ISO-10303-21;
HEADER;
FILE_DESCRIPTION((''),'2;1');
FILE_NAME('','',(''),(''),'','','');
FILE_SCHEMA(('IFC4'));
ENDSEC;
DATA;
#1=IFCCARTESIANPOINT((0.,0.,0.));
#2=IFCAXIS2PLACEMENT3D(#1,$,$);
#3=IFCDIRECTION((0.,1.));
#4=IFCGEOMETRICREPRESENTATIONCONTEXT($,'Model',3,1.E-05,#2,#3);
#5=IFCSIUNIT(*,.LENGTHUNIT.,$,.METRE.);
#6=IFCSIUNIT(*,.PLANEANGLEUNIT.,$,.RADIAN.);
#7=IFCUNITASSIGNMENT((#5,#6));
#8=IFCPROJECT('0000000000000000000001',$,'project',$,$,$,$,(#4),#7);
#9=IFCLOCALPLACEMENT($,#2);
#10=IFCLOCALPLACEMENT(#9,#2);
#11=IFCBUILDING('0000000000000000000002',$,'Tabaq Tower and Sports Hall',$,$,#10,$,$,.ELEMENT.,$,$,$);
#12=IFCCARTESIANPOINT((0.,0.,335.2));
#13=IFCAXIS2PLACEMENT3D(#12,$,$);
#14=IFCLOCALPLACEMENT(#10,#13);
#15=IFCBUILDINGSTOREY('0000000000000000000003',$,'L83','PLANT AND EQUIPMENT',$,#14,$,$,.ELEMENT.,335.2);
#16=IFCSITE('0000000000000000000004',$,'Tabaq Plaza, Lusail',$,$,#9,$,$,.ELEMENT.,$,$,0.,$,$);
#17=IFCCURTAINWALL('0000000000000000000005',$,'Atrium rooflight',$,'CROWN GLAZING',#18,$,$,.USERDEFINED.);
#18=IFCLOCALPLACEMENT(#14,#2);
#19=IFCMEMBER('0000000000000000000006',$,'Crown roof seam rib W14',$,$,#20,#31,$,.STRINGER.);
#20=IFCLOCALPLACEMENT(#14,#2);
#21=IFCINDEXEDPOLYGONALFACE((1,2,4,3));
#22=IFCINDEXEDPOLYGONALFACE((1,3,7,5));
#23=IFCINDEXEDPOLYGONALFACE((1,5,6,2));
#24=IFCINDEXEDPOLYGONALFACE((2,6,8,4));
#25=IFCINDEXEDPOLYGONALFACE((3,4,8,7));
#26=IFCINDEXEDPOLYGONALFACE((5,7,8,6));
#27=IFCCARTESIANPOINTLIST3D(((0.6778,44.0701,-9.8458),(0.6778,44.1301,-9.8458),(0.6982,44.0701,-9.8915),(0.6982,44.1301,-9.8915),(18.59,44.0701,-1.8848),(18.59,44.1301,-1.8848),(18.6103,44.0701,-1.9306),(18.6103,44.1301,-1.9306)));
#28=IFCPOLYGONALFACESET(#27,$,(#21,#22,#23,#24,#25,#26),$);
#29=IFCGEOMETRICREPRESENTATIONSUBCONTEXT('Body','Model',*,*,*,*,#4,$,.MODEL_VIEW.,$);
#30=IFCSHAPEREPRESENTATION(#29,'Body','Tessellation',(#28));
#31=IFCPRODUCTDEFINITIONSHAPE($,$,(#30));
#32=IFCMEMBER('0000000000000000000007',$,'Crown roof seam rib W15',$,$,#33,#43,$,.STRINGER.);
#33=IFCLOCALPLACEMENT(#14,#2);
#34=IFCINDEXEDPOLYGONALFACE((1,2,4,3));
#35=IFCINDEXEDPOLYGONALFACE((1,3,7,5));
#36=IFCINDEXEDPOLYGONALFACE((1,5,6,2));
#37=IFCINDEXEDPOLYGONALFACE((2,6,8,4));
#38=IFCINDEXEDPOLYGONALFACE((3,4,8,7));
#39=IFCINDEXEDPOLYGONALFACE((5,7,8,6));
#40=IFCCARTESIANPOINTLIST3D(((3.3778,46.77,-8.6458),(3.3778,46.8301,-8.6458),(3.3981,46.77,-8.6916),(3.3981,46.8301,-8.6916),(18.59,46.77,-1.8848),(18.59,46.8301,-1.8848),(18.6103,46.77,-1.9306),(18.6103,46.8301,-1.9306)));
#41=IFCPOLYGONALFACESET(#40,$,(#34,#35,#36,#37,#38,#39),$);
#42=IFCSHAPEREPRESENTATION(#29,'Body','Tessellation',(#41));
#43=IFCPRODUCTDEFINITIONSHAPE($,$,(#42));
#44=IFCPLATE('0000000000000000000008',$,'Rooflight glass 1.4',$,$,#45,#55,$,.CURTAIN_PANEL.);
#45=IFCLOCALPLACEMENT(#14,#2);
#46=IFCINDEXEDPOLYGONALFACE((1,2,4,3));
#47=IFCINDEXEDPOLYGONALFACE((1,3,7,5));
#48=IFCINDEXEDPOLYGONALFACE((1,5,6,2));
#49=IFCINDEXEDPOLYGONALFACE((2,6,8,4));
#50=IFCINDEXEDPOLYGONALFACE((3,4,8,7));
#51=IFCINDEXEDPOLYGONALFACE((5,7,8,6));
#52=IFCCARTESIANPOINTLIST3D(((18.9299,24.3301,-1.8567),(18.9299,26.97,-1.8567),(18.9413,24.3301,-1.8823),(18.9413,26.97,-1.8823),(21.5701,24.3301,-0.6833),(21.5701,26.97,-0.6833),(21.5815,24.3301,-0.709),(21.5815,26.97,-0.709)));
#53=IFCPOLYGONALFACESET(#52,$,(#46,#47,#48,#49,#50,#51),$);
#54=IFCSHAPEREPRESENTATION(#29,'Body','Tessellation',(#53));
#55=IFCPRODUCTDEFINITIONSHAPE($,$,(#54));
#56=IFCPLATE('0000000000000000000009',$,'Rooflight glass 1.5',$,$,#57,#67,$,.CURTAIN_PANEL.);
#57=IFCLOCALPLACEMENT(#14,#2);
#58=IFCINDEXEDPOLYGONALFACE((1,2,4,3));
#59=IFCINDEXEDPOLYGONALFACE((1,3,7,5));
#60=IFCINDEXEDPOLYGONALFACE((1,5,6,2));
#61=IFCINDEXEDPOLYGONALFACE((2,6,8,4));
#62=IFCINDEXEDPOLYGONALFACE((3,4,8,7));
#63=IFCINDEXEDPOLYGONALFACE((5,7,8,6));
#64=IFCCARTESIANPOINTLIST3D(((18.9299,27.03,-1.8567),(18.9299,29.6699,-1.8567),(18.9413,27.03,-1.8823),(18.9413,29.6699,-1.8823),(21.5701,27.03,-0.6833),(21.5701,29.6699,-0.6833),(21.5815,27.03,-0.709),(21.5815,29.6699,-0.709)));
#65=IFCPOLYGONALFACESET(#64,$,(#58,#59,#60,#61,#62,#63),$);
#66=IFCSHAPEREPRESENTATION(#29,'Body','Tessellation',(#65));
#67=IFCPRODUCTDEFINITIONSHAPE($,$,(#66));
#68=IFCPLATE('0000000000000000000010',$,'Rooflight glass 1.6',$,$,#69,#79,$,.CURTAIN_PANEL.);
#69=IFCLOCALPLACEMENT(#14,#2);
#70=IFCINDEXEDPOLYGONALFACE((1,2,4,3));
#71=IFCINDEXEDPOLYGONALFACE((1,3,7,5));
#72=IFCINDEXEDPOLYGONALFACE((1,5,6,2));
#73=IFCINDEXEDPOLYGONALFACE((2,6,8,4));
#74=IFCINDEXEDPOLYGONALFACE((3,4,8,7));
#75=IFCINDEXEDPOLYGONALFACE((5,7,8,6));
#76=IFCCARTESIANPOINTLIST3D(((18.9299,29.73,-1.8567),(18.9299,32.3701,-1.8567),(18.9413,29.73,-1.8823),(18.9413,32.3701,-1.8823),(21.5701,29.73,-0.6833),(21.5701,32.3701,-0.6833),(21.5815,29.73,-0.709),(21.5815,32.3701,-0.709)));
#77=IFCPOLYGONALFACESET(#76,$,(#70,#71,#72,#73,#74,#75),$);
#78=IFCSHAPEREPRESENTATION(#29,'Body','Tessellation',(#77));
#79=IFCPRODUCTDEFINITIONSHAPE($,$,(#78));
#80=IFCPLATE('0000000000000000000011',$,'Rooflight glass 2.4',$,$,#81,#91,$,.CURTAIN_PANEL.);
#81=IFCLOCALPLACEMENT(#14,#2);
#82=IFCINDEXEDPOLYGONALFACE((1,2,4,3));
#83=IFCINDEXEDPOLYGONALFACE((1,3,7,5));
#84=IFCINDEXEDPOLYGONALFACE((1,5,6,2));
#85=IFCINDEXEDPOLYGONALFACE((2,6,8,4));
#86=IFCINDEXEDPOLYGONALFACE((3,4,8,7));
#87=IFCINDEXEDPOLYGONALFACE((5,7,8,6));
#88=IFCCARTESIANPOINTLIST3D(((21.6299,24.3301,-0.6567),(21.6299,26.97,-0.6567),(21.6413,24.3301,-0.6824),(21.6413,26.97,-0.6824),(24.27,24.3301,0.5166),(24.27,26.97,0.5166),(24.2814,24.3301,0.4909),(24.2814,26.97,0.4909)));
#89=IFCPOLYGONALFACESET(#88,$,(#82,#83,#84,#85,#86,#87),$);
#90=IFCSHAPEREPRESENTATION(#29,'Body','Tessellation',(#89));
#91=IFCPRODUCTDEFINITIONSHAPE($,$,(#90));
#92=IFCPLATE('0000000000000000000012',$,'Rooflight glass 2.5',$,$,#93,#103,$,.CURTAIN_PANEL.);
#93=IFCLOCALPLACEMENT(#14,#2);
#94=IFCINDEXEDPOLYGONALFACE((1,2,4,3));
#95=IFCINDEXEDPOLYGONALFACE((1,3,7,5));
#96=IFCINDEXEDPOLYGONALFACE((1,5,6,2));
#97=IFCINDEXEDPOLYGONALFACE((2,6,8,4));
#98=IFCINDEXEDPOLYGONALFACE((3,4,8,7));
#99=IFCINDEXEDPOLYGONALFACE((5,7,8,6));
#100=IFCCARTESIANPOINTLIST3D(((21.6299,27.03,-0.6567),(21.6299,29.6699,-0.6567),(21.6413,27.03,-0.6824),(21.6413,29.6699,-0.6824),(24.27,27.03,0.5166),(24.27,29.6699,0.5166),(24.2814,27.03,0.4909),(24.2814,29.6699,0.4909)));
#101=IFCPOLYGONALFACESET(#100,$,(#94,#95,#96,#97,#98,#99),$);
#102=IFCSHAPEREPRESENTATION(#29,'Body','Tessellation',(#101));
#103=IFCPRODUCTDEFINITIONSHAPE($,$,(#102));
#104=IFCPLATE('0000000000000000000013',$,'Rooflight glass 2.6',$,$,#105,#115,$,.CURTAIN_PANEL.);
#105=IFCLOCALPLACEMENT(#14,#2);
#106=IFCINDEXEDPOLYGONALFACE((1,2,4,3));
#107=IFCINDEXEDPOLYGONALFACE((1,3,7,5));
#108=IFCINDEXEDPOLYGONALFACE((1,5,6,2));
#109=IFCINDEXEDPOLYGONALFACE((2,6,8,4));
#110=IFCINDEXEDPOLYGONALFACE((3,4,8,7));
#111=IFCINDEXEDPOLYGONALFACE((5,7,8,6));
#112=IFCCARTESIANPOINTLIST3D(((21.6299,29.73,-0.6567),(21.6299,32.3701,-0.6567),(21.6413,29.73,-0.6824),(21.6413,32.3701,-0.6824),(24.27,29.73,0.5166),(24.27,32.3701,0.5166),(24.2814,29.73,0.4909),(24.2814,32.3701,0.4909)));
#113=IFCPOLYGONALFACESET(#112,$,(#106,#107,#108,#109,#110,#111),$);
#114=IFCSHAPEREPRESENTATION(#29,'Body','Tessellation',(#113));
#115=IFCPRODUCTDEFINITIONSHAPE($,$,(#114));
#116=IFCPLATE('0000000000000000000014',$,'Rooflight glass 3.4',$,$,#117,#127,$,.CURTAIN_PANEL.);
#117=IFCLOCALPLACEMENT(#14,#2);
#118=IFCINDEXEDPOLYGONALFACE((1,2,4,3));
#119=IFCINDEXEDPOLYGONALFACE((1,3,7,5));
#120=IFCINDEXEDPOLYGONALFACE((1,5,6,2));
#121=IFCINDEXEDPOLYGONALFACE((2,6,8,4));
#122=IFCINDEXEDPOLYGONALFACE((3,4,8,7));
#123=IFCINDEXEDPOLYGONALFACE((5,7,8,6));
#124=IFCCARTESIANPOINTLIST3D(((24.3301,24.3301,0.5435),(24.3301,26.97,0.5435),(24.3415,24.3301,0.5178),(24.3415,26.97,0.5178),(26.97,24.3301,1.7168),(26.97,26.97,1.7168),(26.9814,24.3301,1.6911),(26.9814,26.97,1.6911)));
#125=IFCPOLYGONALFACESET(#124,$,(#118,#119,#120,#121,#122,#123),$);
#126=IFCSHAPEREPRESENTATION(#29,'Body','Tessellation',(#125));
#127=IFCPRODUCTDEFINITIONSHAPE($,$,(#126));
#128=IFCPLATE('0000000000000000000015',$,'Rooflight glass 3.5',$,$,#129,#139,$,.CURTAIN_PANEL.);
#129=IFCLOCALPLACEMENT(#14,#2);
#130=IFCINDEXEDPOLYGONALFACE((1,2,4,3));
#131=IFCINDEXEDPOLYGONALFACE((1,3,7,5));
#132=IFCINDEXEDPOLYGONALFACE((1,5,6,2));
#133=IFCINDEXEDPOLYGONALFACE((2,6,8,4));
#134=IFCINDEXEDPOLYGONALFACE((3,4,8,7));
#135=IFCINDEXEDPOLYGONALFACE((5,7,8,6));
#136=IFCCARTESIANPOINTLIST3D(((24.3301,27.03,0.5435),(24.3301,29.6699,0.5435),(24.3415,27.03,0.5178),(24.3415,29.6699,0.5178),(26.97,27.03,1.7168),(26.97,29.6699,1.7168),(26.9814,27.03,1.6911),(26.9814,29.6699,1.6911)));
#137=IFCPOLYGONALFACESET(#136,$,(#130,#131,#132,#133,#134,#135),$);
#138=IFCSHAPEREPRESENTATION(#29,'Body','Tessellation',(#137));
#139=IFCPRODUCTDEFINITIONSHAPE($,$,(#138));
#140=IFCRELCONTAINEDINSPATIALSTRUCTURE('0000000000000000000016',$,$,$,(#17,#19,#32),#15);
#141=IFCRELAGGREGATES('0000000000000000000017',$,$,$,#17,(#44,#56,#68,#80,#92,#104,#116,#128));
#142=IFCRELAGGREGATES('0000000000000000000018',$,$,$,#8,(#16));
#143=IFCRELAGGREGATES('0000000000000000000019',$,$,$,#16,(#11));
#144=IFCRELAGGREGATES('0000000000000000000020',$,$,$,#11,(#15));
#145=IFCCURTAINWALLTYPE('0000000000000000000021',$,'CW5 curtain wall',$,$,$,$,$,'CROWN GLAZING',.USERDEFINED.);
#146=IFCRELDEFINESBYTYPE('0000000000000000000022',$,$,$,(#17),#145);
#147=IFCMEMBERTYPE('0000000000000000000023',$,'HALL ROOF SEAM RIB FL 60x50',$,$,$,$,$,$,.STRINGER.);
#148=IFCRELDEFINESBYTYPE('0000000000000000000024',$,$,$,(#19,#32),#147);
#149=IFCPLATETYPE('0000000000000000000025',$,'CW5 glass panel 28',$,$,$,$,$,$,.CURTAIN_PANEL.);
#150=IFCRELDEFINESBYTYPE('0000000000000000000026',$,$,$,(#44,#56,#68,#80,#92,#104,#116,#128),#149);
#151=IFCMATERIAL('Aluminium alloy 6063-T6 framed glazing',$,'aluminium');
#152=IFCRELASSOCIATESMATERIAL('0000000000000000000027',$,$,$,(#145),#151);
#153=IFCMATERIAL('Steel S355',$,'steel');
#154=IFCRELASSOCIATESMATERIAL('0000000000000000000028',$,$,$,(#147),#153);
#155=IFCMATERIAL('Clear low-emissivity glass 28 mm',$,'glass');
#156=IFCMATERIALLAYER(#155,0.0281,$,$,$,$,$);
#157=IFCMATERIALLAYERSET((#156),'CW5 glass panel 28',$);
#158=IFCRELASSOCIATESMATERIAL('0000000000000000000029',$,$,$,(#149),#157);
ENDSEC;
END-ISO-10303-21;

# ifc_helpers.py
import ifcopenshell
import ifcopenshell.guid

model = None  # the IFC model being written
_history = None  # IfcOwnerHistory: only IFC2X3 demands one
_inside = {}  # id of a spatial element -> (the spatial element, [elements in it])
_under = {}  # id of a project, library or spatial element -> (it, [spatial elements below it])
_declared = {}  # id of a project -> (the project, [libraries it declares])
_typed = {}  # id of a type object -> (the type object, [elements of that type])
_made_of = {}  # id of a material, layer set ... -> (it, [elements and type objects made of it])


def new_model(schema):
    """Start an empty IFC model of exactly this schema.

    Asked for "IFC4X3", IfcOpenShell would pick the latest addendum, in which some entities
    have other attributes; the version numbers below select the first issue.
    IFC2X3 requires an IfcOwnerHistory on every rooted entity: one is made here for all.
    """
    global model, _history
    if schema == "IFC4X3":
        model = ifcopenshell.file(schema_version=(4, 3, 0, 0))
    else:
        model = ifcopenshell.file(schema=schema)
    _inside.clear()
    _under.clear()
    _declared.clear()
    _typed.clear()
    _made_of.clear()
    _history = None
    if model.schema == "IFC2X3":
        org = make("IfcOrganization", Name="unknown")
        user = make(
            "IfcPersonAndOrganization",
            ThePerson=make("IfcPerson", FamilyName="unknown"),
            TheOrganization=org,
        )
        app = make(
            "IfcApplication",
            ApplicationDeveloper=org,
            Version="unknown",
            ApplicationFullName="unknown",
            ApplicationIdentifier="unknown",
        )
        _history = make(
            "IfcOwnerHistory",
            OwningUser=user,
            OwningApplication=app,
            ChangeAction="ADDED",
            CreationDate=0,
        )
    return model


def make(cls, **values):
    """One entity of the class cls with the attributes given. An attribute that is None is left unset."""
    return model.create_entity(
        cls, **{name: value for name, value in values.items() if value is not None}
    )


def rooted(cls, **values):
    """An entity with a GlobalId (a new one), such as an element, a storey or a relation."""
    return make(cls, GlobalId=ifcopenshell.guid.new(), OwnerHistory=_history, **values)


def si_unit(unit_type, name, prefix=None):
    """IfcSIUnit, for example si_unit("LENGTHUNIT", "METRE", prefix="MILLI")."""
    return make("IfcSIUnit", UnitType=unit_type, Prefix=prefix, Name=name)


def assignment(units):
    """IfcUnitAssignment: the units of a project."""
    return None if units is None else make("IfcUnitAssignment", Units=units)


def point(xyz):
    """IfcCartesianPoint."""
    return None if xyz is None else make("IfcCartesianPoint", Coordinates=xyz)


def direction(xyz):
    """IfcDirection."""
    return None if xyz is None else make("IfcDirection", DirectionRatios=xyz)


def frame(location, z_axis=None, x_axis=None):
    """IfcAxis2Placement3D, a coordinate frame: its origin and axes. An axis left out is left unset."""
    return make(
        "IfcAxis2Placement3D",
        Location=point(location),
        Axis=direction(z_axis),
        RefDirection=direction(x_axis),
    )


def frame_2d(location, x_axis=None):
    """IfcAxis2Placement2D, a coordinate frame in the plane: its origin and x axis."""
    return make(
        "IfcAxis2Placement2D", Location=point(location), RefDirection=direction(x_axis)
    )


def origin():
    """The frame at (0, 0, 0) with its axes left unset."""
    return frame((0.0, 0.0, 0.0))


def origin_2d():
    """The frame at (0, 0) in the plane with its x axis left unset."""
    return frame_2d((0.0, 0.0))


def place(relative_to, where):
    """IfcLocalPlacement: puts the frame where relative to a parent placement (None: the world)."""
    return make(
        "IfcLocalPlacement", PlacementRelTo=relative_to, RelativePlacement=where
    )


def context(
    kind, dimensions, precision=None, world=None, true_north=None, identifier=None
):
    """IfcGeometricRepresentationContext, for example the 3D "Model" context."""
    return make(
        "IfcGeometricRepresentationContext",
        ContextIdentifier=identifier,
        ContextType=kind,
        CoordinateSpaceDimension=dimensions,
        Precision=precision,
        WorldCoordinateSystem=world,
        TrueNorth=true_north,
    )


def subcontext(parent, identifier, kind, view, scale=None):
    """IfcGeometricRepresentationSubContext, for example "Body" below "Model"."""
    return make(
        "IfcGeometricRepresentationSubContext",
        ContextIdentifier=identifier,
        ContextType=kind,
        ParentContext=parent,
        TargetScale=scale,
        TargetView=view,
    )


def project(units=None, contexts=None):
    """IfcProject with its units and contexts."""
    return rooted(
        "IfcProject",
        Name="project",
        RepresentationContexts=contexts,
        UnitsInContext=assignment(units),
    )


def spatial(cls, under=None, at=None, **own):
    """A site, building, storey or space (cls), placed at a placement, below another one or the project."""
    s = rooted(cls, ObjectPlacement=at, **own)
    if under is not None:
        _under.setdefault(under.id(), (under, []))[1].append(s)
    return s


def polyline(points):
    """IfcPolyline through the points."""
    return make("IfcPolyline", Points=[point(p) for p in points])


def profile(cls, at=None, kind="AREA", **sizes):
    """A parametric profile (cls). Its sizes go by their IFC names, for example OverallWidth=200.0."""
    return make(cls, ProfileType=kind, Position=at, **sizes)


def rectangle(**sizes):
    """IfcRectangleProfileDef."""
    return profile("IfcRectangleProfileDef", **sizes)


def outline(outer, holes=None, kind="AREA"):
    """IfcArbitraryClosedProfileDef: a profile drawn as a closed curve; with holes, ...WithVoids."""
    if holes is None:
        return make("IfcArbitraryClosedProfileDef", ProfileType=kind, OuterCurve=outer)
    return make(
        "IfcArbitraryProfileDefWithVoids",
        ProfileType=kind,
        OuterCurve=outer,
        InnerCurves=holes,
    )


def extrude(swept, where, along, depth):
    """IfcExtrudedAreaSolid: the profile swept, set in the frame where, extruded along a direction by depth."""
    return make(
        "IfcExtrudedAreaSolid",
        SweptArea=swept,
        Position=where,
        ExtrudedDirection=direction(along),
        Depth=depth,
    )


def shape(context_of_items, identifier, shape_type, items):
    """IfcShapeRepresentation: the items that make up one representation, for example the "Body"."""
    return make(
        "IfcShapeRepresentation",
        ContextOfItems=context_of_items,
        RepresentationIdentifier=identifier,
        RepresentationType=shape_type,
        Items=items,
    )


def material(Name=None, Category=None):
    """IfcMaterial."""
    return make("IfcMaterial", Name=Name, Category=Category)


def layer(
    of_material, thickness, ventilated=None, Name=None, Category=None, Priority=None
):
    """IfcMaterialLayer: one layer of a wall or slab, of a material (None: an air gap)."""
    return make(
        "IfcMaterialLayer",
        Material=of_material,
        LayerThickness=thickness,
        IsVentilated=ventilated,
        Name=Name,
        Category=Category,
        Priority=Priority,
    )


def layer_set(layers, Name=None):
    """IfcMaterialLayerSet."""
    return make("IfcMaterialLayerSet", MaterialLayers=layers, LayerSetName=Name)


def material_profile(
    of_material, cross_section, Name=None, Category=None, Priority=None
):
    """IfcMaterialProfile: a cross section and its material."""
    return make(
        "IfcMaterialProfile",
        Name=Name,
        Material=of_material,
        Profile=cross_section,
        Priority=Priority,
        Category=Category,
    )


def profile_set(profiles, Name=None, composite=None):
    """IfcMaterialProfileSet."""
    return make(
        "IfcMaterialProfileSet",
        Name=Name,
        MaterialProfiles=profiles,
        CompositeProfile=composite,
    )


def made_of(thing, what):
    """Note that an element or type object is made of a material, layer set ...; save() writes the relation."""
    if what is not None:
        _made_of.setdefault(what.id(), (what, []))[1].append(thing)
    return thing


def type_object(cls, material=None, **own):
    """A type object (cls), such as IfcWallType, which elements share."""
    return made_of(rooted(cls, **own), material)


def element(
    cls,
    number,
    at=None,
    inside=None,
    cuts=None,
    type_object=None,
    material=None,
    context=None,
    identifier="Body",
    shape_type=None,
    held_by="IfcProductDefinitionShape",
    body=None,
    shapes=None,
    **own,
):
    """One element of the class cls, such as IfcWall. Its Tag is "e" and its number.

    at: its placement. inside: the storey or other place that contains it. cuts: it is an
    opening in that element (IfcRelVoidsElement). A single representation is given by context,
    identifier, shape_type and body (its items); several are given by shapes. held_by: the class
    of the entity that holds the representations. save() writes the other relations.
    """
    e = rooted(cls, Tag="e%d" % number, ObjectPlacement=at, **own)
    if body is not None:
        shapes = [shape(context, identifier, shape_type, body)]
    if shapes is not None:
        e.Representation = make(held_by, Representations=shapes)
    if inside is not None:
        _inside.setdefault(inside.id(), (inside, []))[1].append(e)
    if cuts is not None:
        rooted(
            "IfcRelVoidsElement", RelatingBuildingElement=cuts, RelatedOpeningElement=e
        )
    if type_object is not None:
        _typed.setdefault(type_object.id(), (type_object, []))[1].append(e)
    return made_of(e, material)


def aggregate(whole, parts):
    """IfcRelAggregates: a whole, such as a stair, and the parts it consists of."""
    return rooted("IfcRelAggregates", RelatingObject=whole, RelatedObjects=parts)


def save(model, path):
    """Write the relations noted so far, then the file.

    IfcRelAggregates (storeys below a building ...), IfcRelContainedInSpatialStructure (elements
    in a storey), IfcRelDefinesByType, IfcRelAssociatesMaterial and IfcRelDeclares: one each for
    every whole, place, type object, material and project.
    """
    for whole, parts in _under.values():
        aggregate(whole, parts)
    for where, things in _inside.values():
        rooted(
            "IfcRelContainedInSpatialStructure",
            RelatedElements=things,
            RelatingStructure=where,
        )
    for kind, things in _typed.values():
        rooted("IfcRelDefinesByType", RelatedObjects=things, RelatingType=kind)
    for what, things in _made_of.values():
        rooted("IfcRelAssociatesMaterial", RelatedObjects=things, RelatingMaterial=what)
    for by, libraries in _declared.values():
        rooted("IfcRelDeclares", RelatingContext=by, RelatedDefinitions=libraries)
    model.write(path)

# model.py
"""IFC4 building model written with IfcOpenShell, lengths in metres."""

from ifc_helpers import new_model, si_unit, direction, frame, origin, origin_2d, place, context, subcontext, project, spatial, polyline, rectangle, outline, extrude, material, layer, layer_set, material_profile, profile_set, type_object, element, aggregate, save


model = new_model("IFC4")

# Units and contexts
model_context = context("Model", 3, precision=1e-05, world=origin(), true_north=direction((0.0, 1.0)))
body_context = subcontext(model_context, "Body", "Model", "MODEL_VIEW")
ifc_project = project(units=[si_unit("LENGTHUNIT", "METRE"), si_unit("PLANEANGLEUNIT", "RADIAN")], contexts=[model_context])

# Site, building, storey
site_placement = place(None, origin())
site = spatial("IfcSite", under=ifc_project, at=site_placement, Name="Tabaq Plaza, Lusail", CompositionType="ELEMENT", RefElevation=0.0)
building_placement = place(site_placement, origin())
building = spatial("IfcBuilding", under=site, at=building_placement, Name="Tabaq Tower and Sports Hall", CompositionType="ELEMENT")
storey_placement = place(building_placement, frame((0.0, 0.0, 335.2)))
storey = spatial("IfcBuildingStorey", under=building, at=storey_placement, Name="L83", Description="PLANT AND EQUIPMENT", CompositionType="ELEMENT", Elevation=335.2)

# Curtain wall
ifc_material_1 = material(Name="Aluminium alloy 6063-T6 framed glazing", Category="aluminium")
curtain_wall_type = type_object("IfcCurtainWallType", Name="CW5 curtain wall", ElementType="CROWN GLAZING", PredefinedType="USERDEFINED", material=ifc_material_1)
curtain_wall_placement = place(storey_placement, origin())
curtain_wall = element("IfcCurtainWall", 1, at=curtain_wall_placement, inside=storey, type_object=curtain_wall_type, Name="Atrium rooflight", ObjectType="CROWN GLAZING", PredefinedType="USERDEFINED")

# Members
ifc_material_2 = material(Name="Steel S355", Category="steel")
ifc_material_profile_1 = material_profile(ifc_material_2, rectangle(XDim=0.0601, YDim=0.05, at=origin_2d()), Name="FL 60x50")
ifc_profile_set_1 = profile_set([ifc_material_profile_1], Name="Steel S355")
member_type_1 = type_object("IfcMemberType", Name="HALL ROOF SEAM RIB FL 60x50", PredefinedType="STRINGER", material=ifc_profile_set_1)
member_1_placement = place(storey_placement, frame((0.688, 44.1001, -9.8687), z_axis=(0.913812, 0.0, 0.406138), x_axis=(0.0, 1.0, 0.0)))
element("IfcMember", 2, at=member_1_placement, inside=storey, type_object=member_type_1, Name="Crown roof seam rib W14", PredefinedType="STRINGER", context=body_context, shape_type="SweptSolid", body=[
    extrude(rectangle(XDim=0.0601, YDim=0.05, at=origin_2d()), origin(), (0.0, 0.0, 1.0), 19.6016),
])
member_2_placement = place(storey_placement, frame((3.3879, 46.8, -8.6687), z_axis=(0.913811, 0.0, 0.40614), x_axis=(0.0, 1.0, 0.0)))
element("IfcMember", 3, at=member_2_placement, inside=storey, type_object=member_type_1, Name="Crown roof seam rib W15", PredefinedType="STRINGER", context=body_context, shape_type="SweptSolid", body=[
    extrude(rectangle(XDim=0.0601, YDim=0.05, at=origin_2d()), origin(), (0.0, 0.0, 1.0), 16.647),
])

# Plates
ifc_material_3 = material(Name="Clear low-emissivity glass 28 mm", Category="glass")
ifc_layer = layer(ifc_material_3, 0.0281)
ifc_layer_set = layer_set([ifc_layer], Name="CW5 glass panel 28")
plate_type = type_object("IfcPlateType", Name="CW5 glass panel 28", PredefinedType="CURTAIN_PANEL", material=ifc_layer_set)
plate_1_placement = place(storey_placement, frame((18.9299, 24.3301, -1.8567), z_axis=(-0.406123, 0.0, 0.913819), x_axis=(0.913819, 0.0, 0.406123)))
plate_1 = element("IfcPlate", 4, at=plate_1_placement, type_object=plate_type, Name="Rooflight glass 1.4", PredefinedType="CURTAIN_PANEL", context=body_context, shape_type="SweptSolid", body=[
    extrude(outline(polyline([(0.0, 0.0), (2.8891, 0.0), (2.8891, 2.6399), (0.0, 2.6399), (0.0, 0.0)])), origin(), (0.0, 0.0, -1.0), 0.0281),
])
plate_2_placement = place(storey_placement, frame((18.9299, 27.03, -1.8567), z_axis=(-0.406123, 0.0, 0.913819), x_axis=(0.913819, 0.0, 0.406123)))
plate_2 = element("IfcPlate", 5, at=plate_2_placement, type_object=plate_type, Name="Rooflight glass 1.5", PredefinedType="CURTAIN_PANEL", context=body_context, shape_type="SweptSolid", body=[
    extrude(outline(polyline([(0.0, 0.0), (2.8891, 0.0), (2.8891, 2.6399), (0.0, 2.6399), (0.0, 0.0)])), origin(), (0.0, 0.0, -1.0), 0.0281),
])
plate_3_placement = place(storey_placement, frame((18.9299, 29.73, -1.8567), z_axis=(-0.406123, 0.0, 0.913819), x_axis=(0.913819, 0.0, 0.406123)))
plate_3 = element("IfcPlate", 6, at=plate_3_placement, type_object=plate_type, Name="Rooflight glass 1.6", PredefinedType="CURTAIN_PANEL", context=body_context, shape_type="SweptSolid", body=[
    extrude(outline(polyline([(0.0, 0.0), (2.8891, 0.0), (2.8891, 2.6401), (0.0, 2.6401), (0.0, 0.0)])), origin(), (0.0, 0.0, -1.0), 0.0281),
])
plate_4_placement = place(storey_placement, frame((21.6299, 24.3301, -0.6567), z_axis=(-0.406123, 0.0, 0.913819), x_axis=(0.913819, 0.0, 0.406123)))
plate_4 = element("IfcPlate", 7, at=plate_4_placement, type_object=plate_type, Name="Rooflight glass 2.4", PredefinedType="CURTAIN_PANEL", context=body_context, shape_type="SweptSolid", body=[
    extrude(outline(polyline([(0.0, 0.0), (2.8891, 0.0), (2.8891, 2.6399), (0.0, 2.6399), (0.0, 0.0)])), origin(), (0.0, 0.0, -1.0), 0.0281),
])
plate_5_placement = place(storey_placement, frame((21.6299, 27.03, -0.6567), z_axis=(-0.406123, 0.0, 0.913819), x_axis=(0.913819, 0.0, 0.406123)))
plate_5 = element("IfcPlate", 8, at=plate_5_placement, type_object=plate_type, Name="Rooflight glass 2.5", PredefinedType="CURTAIN_PANEL", context=body_context, shape_type="SweptSolid", body=[
    extrude(outline(polyline([(0.0, 0.0), (2.8891, 0.0), (2.8891, 2.6399), (0.0, 2.6399), (0.0, 0.0)])), origin(), (0.0, 0.0, -1.0), 0.0281),
])
plate_6_placement = place(storey_placement, frame((21.6299, 29.73, -0.6567), z_axis=(-0.406123, 0.0, 0.913819), x_axis=(0.913819, 0.0, 0.406123)))
plate_6 = element("IfcPlate", 9, at=plate_6_placement, type_object=plate_type, Name="Rooflight glass 2.6", PredefinedType="CURTAIN_PANEL", context=body_context, shape_type="SweptSolid", body=[
    extrude(outline(polyline([(0.0, 0.0), (2.8891, 0.0), (2.8891, 2.6401), (0.0, 2.6401), (0.0, 0.0)])), origin(), (0.0, 0.0, -1.0), 0.0281),
])
plate_7_placement = place(storey_placement, frame((24.3301, 24.3301, 0.5435), z_axis=(-0.406154, 0.0, 0.913805), x_axis=(0.913805, 0.0, 0.406154)))
plate_7 = element("IfcPlate", 10, at=plate_7_placement, type_object=plate_type, Name="Rooflight glass 3.4", PredefinedType="CURTAIN_PANEL", context=body_context, shape_type="SweptSolid", body=[
    extrude(outline(polyline([(0.0, 0.0), (2.8889, 0.0), (2.8889, 2.6399), (0.0, 2.6399), (0.0, 0.0)])), origin(), (0.0, 0.0, -1.0), 0.0281),
])
plate_8_placement = place(storey_placement, frame((24.3301, 27.03, 0.5435), z_axis=(-0.406154, 0.0, 0.913805), x_axis=(0.913805, 0.0, 0.406154)))
plate_8 = element("IfcPlate", 11, at=plate_8_placement, type_object=plate_type, Name="Rooflight glass 3.5", PredefinedType="CURTAIN_PANEL", context=body_context, shape_type="SweptSolid", body=[
    extrude(outline(polyline([(0.0, 0.0), (2.8889, 0.0), (2.8889, 2.6399), (0.0, 2.6399), (0.0, 0.0)])), origin(), (0.0, 0.0, -1.0), 0.0281),
])
aggregate(curtain_wall, [plate_1, plate_2, plate_3, plate_4, plate_5, plate_6, plate_7, plate_8])

save(model, "model.ifc")
